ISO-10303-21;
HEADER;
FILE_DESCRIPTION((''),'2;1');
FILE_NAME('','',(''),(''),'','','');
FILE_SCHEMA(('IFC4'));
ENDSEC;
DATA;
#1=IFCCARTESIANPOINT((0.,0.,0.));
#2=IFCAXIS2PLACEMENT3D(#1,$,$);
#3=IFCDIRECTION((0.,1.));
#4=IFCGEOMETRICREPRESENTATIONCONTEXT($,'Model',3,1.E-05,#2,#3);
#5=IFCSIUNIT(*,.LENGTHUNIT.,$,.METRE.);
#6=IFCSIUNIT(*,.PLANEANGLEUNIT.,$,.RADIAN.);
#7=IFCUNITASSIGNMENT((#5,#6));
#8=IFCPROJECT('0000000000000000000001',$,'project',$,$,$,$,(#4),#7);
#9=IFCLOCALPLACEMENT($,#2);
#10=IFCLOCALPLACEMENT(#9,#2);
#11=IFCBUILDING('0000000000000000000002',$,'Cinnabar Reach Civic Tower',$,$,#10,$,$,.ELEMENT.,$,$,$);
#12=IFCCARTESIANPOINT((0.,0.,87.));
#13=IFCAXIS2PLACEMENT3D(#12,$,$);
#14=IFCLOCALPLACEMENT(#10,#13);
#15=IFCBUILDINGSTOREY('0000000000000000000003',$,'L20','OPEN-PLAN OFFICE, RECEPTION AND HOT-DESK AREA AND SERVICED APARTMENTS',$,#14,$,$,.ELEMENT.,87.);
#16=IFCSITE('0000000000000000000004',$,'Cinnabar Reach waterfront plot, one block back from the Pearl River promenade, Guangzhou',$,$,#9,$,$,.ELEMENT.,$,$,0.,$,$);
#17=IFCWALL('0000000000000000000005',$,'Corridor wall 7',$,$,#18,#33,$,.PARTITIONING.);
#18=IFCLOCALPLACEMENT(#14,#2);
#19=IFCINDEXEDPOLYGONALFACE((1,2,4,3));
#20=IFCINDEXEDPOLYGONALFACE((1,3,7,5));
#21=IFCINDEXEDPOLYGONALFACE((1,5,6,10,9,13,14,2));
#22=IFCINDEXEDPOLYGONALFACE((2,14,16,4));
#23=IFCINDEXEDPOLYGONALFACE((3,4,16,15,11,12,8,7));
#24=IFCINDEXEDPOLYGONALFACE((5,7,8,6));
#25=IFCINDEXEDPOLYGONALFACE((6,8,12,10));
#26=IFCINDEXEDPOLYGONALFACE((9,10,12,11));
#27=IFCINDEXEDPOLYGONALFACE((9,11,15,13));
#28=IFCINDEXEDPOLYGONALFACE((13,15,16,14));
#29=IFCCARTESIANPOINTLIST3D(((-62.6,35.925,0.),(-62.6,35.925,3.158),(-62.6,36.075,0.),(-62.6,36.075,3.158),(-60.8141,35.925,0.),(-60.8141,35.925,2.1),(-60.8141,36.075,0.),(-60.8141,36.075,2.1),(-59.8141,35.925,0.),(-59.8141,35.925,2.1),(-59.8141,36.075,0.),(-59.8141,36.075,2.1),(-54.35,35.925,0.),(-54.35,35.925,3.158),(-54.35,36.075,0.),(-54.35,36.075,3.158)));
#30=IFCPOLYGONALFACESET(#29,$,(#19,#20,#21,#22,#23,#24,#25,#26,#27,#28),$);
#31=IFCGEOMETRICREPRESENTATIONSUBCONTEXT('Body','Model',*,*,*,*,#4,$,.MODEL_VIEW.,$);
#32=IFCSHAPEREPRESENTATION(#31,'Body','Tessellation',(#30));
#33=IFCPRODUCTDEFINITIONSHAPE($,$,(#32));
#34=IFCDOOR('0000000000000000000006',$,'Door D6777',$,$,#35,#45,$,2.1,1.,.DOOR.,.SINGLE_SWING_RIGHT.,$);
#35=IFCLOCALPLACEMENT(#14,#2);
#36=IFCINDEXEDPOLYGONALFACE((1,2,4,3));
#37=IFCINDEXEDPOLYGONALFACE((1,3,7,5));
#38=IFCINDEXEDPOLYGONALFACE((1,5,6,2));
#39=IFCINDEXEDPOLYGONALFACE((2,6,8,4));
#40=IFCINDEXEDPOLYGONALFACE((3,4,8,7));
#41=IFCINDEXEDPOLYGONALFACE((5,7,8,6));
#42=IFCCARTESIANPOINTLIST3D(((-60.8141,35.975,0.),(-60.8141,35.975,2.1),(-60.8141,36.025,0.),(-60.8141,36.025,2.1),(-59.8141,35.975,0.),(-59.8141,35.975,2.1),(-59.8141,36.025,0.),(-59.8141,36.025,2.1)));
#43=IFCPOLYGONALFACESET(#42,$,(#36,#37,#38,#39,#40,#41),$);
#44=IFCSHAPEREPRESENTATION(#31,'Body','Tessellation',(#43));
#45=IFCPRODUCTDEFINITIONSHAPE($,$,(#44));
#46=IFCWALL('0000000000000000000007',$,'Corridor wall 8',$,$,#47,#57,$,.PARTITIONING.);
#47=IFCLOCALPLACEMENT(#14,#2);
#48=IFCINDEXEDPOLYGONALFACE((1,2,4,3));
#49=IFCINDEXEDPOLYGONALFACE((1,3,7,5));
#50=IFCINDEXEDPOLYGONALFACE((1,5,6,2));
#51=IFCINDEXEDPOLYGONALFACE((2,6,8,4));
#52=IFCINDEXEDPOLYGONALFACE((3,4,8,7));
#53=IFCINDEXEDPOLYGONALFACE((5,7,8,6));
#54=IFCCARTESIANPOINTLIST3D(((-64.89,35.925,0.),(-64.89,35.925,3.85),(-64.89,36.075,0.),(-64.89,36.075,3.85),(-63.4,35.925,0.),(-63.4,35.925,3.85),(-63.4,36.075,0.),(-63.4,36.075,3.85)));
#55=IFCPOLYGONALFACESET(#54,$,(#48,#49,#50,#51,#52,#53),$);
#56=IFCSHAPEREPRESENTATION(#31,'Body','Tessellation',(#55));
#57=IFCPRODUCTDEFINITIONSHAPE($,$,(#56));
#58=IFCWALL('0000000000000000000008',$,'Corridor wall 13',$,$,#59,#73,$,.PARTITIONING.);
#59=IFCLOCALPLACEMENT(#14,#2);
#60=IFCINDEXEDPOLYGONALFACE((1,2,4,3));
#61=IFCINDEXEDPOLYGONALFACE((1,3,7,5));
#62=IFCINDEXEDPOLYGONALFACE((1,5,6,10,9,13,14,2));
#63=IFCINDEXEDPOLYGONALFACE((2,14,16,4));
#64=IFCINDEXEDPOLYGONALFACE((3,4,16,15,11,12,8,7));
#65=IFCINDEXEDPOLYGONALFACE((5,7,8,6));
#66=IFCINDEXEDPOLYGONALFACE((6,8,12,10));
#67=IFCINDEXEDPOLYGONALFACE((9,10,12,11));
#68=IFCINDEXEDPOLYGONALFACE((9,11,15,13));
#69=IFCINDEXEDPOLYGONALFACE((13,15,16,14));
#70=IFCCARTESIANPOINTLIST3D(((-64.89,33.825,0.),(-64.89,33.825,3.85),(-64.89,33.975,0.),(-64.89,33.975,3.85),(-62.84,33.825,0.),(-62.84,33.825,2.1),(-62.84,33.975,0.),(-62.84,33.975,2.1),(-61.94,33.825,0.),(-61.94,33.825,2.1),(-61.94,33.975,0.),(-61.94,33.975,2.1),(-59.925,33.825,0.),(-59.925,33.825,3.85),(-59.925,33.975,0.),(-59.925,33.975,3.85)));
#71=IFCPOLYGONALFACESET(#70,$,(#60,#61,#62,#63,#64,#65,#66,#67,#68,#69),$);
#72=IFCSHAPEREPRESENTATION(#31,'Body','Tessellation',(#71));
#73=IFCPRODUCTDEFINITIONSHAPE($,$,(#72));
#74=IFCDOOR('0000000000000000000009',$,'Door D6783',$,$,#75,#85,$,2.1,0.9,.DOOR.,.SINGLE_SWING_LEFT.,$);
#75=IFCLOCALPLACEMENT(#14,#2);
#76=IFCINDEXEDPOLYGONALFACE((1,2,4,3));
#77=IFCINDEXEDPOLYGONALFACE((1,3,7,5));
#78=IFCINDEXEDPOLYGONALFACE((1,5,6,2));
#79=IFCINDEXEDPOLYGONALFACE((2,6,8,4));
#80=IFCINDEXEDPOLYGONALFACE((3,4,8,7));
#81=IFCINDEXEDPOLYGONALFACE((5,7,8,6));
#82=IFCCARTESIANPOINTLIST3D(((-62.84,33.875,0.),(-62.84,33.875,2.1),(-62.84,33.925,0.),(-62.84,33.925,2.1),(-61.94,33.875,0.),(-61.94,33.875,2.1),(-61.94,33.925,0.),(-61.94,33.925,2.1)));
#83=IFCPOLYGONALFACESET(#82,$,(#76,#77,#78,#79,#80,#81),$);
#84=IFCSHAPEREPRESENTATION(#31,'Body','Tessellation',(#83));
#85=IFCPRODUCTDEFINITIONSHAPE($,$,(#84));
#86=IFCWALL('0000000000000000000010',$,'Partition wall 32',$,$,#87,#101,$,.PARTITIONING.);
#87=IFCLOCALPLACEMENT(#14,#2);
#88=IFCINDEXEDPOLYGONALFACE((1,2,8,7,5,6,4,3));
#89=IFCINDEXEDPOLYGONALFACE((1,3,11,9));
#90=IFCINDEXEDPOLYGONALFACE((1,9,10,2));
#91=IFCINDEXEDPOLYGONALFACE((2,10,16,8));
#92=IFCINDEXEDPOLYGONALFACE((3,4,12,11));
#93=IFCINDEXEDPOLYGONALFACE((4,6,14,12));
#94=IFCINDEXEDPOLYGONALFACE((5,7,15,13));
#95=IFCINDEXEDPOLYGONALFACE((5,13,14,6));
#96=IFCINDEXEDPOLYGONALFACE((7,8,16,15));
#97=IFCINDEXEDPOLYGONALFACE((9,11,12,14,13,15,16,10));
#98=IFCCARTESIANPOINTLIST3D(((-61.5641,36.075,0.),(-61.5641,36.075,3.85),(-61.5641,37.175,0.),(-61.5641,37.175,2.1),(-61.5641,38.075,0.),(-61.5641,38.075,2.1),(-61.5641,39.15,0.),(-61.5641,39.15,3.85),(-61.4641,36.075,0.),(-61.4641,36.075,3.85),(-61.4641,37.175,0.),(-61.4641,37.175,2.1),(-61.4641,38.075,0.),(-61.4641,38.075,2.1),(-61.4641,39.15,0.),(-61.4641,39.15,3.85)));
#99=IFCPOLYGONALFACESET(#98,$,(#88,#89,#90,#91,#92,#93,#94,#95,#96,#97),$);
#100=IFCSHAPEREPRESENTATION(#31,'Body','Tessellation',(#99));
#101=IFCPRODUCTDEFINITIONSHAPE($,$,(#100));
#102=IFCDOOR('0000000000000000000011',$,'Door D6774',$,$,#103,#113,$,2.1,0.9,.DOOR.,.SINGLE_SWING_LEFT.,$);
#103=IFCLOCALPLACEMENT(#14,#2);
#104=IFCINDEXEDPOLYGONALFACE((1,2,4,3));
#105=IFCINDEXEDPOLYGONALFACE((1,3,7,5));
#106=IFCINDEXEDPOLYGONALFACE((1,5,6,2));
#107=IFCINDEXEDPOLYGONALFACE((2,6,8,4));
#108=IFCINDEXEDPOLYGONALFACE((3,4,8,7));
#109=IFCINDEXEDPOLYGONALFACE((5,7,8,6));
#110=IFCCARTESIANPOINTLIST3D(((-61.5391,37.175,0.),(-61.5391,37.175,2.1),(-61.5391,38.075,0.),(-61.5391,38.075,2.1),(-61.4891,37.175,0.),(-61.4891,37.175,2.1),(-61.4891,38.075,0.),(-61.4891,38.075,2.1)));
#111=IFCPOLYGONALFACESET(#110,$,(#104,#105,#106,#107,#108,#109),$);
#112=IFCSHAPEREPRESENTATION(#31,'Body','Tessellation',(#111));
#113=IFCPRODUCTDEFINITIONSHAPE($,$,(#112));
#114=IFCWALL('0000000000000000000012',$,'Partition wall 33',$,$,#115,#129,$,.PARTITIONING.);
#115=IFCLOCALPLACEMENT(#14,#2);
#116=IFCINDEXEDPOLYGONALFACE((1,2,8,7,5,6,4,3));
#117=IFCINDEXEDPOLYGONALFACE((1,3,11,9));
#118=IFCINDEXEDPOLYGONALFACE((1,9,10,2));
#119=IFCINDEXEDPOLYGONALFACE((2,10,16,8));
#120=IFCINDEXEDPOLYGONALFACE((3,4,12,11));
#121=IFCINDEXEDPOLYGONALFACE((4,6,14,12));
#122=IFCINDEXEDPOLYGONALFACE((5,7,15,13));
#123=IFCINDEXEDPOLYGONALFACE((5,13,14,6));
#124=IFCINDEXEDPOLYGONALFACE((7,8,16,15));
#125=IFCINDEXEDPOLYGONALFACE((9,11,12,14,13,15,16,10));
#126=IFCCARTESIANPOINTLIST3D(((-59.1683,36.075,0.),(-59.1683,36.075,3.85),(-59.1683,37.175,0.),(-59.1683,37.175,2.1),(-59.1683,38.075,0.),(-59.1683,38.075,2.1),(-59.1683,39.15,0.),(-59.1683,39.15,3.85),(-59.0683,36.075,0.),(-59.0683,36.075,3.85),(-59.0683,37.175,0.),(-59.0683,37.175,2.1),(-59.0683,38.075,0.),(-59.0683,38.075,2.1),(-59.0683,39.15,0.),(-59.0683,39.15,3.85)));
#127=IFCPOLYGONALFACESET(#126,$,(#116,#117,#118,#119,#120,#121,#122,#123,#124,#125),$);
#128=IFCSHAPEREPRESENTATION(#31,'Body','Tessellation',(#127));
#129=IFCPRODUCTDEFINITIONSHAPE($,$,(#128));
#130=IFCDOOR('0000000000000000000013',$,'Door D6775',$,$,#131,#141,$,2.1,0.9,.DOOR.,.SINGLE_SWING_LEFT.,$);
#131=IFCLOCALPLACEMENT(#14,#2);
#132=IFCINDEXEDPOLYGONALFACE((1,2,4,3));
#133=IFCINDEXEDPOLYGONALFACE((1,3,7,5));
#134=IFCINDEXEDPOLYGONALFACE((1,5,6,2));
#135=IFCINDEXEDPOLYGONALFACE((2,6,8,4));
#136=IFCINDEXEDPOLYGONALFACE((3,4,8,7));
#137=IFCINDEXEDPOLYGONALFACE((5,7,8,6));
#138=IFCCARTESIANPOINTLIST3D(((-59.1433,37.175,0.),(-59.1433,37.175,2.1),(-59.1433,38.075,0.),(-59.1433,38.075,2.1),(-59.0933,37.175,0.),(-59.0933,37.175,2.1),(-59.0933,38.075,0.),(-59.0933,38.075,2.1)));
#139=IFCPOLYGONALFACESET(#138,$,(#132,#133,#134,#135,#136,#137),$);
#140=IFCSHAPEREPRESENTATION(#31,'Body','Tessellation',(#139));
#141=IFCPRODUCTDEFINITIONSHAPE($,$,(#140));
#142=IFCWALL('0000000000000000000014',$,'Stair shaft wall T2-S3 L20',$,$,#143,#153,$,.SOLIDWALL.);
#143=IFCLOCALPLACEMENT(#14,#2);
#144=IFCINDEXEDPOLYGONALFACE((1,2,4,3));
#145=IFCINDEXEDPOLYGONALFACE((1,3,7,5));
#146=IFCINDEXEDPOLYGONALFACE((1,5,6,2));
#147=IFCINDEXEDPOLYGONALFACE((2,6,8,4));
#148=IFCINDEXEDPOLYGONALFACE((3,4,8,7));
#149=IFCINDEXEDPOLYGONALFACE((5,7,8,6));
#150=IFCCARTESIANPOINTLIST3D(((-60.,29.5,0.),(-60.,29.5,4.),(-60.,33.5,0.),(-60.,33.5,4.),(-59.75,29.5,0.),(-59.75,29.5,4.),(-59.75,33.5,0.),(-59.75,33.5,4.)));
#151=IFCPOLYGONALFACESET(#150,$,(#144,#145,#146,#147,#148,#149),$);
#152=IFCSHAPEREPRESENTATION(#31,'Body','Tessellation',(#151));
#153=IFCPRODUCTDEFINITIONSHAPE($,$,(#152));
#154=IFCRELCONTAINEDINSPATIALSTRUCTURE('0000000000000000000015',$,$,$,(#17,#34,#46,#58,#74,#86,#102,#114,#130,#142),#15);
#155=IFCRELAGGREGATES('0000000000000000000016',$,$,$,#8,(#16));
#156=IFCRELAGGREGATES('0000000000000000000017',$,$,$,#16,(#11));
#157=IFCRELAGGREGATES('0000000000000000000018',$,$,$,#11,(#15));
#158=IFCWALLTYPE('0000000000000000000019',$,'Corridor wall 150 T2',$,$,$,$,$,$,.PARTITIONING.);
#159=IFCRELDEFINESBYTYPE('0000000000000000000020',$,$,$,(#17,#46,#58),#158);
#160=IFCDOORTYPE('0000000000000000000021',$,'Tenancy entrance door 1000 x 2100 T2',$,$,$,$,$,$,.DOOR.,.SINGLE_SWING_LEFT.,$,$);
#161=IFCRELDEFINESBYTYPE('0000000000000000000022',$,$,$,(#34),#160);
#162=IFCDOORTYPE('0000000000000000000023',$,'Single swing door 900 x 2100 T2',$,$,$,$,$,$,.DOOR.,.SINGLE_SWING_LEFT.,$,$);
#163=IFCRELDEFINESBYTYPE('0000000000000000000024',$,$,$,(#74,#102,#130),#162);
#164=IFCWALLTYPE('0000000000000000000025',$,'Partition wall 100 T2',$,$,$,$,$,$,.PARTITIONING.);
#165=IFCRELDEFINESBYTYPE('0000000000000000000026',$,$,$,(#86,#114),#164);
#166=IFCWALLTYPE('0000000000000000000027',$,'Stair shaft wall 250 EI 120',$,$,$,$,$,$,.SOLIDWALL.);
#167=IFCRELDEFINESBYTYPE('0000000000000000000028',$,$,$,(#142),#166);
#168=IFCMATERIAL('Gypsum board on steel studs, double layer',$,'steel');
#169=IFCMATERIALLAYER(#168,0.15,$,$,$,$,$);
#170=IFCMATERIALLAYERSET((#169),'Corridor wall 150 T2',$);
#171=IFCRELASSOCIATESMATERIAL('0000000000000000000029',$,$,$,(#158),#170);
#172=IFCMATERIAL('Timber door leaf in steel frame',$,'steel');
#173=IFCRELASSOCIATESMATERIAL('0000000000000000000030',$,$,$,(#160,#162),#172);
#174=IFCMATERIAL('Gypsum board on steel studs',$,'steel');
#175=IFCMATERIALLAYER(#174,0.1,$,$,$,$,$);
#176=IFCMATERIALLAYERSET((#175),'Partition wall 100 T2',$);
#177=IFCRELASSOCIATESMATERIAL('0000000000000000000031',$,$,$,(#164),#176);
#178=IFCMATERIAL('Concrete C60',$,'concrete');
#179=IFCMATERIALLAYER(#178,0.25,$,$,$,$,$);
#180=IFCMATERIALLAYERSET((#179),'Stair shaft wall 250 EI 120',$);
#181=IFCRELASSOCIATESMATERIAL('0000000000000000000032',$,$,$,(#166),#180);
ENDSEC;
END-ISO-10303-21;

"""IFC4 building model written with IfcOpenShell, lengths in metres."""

from ifc_helpers import new_model, si_unit, direction, frame, frame_2d, origin, place, context, subcontext, project, spatial, rectangle, extrude, material, layer, layer_set, type_object, element, fill, save


model = new_model("IFC4")

# Units and contexts
model_context = context("Model", 3, precision=1e-05, world=origin(), true_north=direction((0.0, 1.0)))
body_context = subcontext(model_context, "Body", "Model", "MODEL_VIEW")
ifc_project = project(units=[si_unit("LENGTHUNIT", "METRE"), si_unit("PLANEANGLEUNIT", "RADIAN")], contexts=[model_context])

# Site, building, storey
site_placement = place(None, origin())
site = spatial("IfcSite", under=ifc_project, at=site_placement, Name="Cinnabar Reach waterfront plot, one block back from the Pearl River promenade, Guangzhou", CompositionType="ELEMENT", RefElevation=0.0)
building_placement = place(site_placement, origin())
building = spatial("IfcBuilding", under=site, at=building_placement, Name="Cinnabar Reach Civic Tower", CompositionType="ELEMENT")
storey_placement = place(building_placement, frame((0.0, 0.0, 87.0)))
storey = spatial("IfcBuildingStorey", under=building, at=storey_placement, Name="L20", Description="OPEN-PLAN OFFICE, RECEPTION AND HOT-DESK AREA AND SERVICED APARTMENTS", CompositionType="ELEMENT", Elevation=87.0)

# Shared definitions
ifc_material_1 = material(Name="Concrete C60", Category="concrete")

# Wall, opening, door
ifc_material_2 = material(Name="Gypsum board on steel studs, double layer", Category="steel")
ifc_layer_1 = layer(ifc_material_2, 0.15)
ifc_layer_set_1 = layer_set([ifc_layer_1], Name="Corridor wall 150 T2")
wall_type_1 = type_object("IfcWallType", Name="Corridor wall 150 T2", PredefinedType="PARTITIONING", material=ifc_layer_set_1)
wall_1_placement = place(storey_placement, frame((-62.6, 36.0, 0.0), z_axis=(0.0, 0.0, 1.0), x_axis=(1.0, 0.0, 0.0)))
wall_1 = element("IfcWall", 1, at=wall_1_placement, inside=storey, type_object=wall_type_1, Name="Corridor wall 7", PredefinedType="PARTITIONING", context=body_context, shape_type="SweptSolid", body=[
    extrude(rectangle(XDim=8.25, YDim=0.15, at=frame_2d((4.125, 0.0))), origin(), (0.0, 0.0, 1.0), 3.158),
])
opening_1_placement = place(wall_1_placement, frame((1.7859, 0.0, 0.0)))
opening_1 = element("IfcOpeningElement", 2, at=opening_1_placement, cuts=wall_1, PredefinedType="OPENING", context=body_context, shape_type="SweptSolid", body=[
    extrude(rectangle(XDim=1.0, YDim=2.1, at=frame_2d((0.5, 1.05))), frame((0.0, 0.085, 0.0), z_axis=(0.0, -1.0, 0.0), x_axis=(1.0, 0.0, 0.0)), (0.0, 0.0, 1.0), 0.17),
])
ifc_material_3 = material(Name="Timber door leaf in steel frame", Category="steel")
door_type_1 = type_object("IfcDoorType", Name="Tenancy entrance door 1000 x 2100 T2", OperationType="SINGLE_SWING_LEFT", PredefinedType="DOOR", material=ifc_material_3)
door_1_placement = place(opening_1_placement, origin())
door_1 = element("IfcDoor", 3, at=door_1_placement, inside=storey, type_object=door_type_1, Name="Door D6777", OperationType="SINGLE_SWING_RIGHT", OverallHeight=2.1, OverallWidth=1.0, PredefinedType="DOOR", context=body_context, shape_type="SweptSolid", body=[
    extrude(rectangle(XDim=1.0, YDim=2.1, at=frame_2d((0.5, 1.05))), frame((0.0, 0.025, 0.0), z_axis=(0.0, -1.0, 0.0), x_axis=(1.0, 0.0, 0.0)), (0.0, 0.0, 1.0), 0.05),
])
fill(opening_1, door_1)

# Wall
wall_2_placement = place(storey_placement, frame((-64.89, 36.0, 0.0), z_axis=(0.0, 0.0, 1.0), x_axis=(1.0, 0.0, 0.0)))
element("IfcWall", 4, at=wall_2_placement, inside=storey, type_object=wall_type_1, Name="Corridor wall 8", PredefinedType="PARTITIONING", context=body_context, shape_type="SweptSolid", body=[
    extrude(rectangle(XDim=1.49, YDim=0.15, at=frame_2d((0.745, 0.0))), origin(), (0.0, 0.0, 1.0), 3.85),
])

# Walls, openings, doors
wall_3_placement = place(storey_placement, frame((-64.89, 33.9, 0.0), z_axis=(0.0, 0.0, 1.0), x_axis=(1.0, 0.0, 0.0)))
wall_3 = element("IfcWall", 5, at=wall_3_placement, inside=storey, type_object=wall_type_1, Name="Corridor wall 13", PredefinedType="PARTITIONING", context=body_context, shape_type="SweptSolid", body=[
    extrude(rectangle(XDim=4.965, YDim=0.15, at=frame_2d((2.4825, 0.0))), origin(), (0.0, 0.0, 1.0), 3.85),
])
opening_2_placement = place(wall_3_placement, frame((2.05, 0.0, 0.0)))
opening_2 = element("IfcOpeningElement", 6, at=opening_2_placement, cuts=wall_3, PredefinedType="OPENING", context=body_context, shape_type="SweptSolid", body=[
    extrude(rectangle(XDim=0.9, YDim=2.1, at=frame_2d((0.45, 1.05))), frame((0.0, 0.085, 0.0), z_axis=(0.0, -1.0, 0.0), x_axis=(1.0, 0.0, 0.0)), (0.0, 0.0, 1.0), 0.17),
])
door_type_2 = type_object("IfcDoorType", Name="Single swing door 900 x 2100 T2", OperationType="SINGLE_SWING_LEFT", PredefinedType="DOOR", material=ifc_material_3)
door_2_placement = place(opening_2_placement, frame((0.9, 0.0, 0.0), z_axis=(0.0, 0.0, 1.0), x_axis=(-1.0, 0.0, 0.0)))
door_2 = element("IfcDoor", 7, at=door_2_placement, inside=storey, type_object=door_type_2, Name="Door D6783", OperationType="SINGLE_SWING_LEFT", OverallHeight=2.1, OverallWidth=0.9, PredefinedType="DOOR", context=body_context, shape_type="SweptSolid", body=[
    extrude(rectangle(XDim=0.9, YDim=2.1, at=frame_2d((0.45, 1.05))), frame((0.0, 0.025, 0.0), z_axis=(0.0, -1.0, 0.0), x_axis=(1.0, 0.0, 0.0)), (0.0, 0.0, 1.0), 0.05),
])
fill(opening_2, door_2)
ifc_material_4 = material(Name="Gypsum board on steel studs", Category="steel")
ifc_layer_2 = layer(ifc_material_4, 0.1)
ifc_layer_set_2 = layer_set([ifc_layer_2], Name="Partition wall 100 T2")
wall_type_2 = type_object("IfcWallType", Name="Partition wall 100 T2", PredefinedType="PARTITIONING", material=ifc_layer_set_2)
wall_4_placement = place(storey_placement, frame((-61.5141, 36.075, 0.0), z_axis=(0.0, 0.0, 1.0), x_axis=(0.0, 1.0, 0.0)))
wall_4 = element("IfcWall", 8, at=wall_4_placement, inside=storey, type_object=wall_type_2, Name="Partition wall 32", PredefinedType="PARTITIONING", context=body_context, shape_type="SweptSolid", body=[
    extrude(rectangle(XDim=3.075, YDim=0.1, at=frame_2d((1.5375, 0.0))), origin(), (0.0, 0.0, 1.0), 3.85),
])
opening_3_placement = place(wall_4_placement, frame((1.1, 0.0, 0.0)))
opening_3 = element("IfcOpeningElement", 9, at=opening_3_placement, cuts=wall_4, PredefinedType="OPENING", context=body_context, shape_type="SweptSolid", body=[
    extrude(rectangle(XDim=0.9, YDim=2.1, at=frame_2d((0.45, 1.05))), frame((0.0, 0.06, 0.0), z_axis=(0.0, -1.0, 0.0), x_axis=(1.0, 0.0, 0.0)), (0.0, 0.0, 1.0), 0.12),
])
door_3_placement = place(opening_3_placement, origin())
door_3 = element("IfcDoor", 10, at=door_3_placement, inside=storey, type_object=door_type_2, Name="Door D6774", OperationType="SINGLE_SWING_LEFT", OverallHeight=2.1, OverallWidth=0.9, PredefinedType="DOOR", context=body_context, shape_type="SweptSolid", body=[
    extrude(rectangle(XDim=0.9, YDim=2.1, at=frame_2d((0.45, 1.05))), frame((0.0, 0.025, 0.0), z_axis=(0.0, -1.0, 0.0), x_axis=(1.0, 0.0, 0.0)), (0.0, 0.0, 1.0), 0.05),
])
fill(opening_3, door_3)
wall_5_placement = place(storey_placement, frame((-59.1183, 36.075, 0.0), z_axis=(0.0, 0.0, 1.0), x_axis=(0.0, 1.0, 0.0)))
wall_5 = element("IfcWall", 11, at=wall_5_placement, inside=storey, type_object=wall_type_2, Name="Partition wall 33", PredefinedType="PARTITIONING", context=body_context, shape_type="SweptSolid", body=[
    extrude(rectangle(XDim=3.075, YDim=0.1, at=frame_2d((1.5375, 0.0))), origin(), (0.0, 0.0, 1.0), 3.85),
])
opening_4_placement = place(wall_5_placement, frame((1.1, 0.0, 0.0)))
opening_4 = element("IfcOpeningElement", 12, at=opening_4_placement, cuts=wall_5, PredefinedType="OPENING", context=body_context, shape_type="SweptSolid", body=[
    extrude(rectangle(XDim=0.9, YDim=2.1, at=frame_2d((0.45, 1.05))), frame((0.0, 0.06, 0.0), z_axis=(0.0, -1.0, 0.0), x_axis=(1.0, 0.0, 0.0)), (0.0, 0.0, 1.0), 0.12),
])
door_4_placement = place(opening_4_placement, origin())
door_4 = element("IfcDoor", 13, at=door_4_placement, inside=storey, type_object=door_type_2, Name="Door D6775", OperationType="SINGLE_SWING_LEFT", OverallHeight=2.1, OverallWidth=0.9, PredefinedType="DOOR", context=body_context, shape_type="SweptSolid", body=[
    extrude(rectangle(XDim=0.9, YDim=2.1, at=frame_2d((0.45, 1.05))), frame((0.0, 0.025, 0.0), z_axis=(0.0, -1.0, 0.0), x_axis=(1.0, 0.0, 0.0)), (0.0, 0.0, 1.0), 0.05),
])
fill(opening_4, door_4)

# Wall
ifc_layer_3 = layer(ifc_material_1, 0.25)
ifc_layer_set_3 = layer_set([ifc_layer_3], Name="Stair shaft wall 250 EI 120")
wall_type_3 = type_object("IfcWallType", Name="Stair shaft wall 250 EI 120", PredefinedType="SOLIDWALL", material=ifc_layer_set_3)
wall_6_placement = place(storey_placement, frame((-59.875, 33.5, 0.0), z_axis=(0.0, 0.0, 1.0), x_axis=(0.0, -1.0, 0.0)))
element("IfcWall", 14, at=wall_6_placement, inside=storey, type_object=wall_type_3, Name="Stair shaft wall T2-S3 L20", PredefinedType="SOLIDWALL", context=body_context, shape_type="SweptSolid", body=[
    extrude(rectangle(XDim=4.0, YDim=0.25, at=frame_2d((2.0, 0.0))), origin(), (0.0, 0.0, 1.0), 4.0),
])

save(model, "model.ifc")
